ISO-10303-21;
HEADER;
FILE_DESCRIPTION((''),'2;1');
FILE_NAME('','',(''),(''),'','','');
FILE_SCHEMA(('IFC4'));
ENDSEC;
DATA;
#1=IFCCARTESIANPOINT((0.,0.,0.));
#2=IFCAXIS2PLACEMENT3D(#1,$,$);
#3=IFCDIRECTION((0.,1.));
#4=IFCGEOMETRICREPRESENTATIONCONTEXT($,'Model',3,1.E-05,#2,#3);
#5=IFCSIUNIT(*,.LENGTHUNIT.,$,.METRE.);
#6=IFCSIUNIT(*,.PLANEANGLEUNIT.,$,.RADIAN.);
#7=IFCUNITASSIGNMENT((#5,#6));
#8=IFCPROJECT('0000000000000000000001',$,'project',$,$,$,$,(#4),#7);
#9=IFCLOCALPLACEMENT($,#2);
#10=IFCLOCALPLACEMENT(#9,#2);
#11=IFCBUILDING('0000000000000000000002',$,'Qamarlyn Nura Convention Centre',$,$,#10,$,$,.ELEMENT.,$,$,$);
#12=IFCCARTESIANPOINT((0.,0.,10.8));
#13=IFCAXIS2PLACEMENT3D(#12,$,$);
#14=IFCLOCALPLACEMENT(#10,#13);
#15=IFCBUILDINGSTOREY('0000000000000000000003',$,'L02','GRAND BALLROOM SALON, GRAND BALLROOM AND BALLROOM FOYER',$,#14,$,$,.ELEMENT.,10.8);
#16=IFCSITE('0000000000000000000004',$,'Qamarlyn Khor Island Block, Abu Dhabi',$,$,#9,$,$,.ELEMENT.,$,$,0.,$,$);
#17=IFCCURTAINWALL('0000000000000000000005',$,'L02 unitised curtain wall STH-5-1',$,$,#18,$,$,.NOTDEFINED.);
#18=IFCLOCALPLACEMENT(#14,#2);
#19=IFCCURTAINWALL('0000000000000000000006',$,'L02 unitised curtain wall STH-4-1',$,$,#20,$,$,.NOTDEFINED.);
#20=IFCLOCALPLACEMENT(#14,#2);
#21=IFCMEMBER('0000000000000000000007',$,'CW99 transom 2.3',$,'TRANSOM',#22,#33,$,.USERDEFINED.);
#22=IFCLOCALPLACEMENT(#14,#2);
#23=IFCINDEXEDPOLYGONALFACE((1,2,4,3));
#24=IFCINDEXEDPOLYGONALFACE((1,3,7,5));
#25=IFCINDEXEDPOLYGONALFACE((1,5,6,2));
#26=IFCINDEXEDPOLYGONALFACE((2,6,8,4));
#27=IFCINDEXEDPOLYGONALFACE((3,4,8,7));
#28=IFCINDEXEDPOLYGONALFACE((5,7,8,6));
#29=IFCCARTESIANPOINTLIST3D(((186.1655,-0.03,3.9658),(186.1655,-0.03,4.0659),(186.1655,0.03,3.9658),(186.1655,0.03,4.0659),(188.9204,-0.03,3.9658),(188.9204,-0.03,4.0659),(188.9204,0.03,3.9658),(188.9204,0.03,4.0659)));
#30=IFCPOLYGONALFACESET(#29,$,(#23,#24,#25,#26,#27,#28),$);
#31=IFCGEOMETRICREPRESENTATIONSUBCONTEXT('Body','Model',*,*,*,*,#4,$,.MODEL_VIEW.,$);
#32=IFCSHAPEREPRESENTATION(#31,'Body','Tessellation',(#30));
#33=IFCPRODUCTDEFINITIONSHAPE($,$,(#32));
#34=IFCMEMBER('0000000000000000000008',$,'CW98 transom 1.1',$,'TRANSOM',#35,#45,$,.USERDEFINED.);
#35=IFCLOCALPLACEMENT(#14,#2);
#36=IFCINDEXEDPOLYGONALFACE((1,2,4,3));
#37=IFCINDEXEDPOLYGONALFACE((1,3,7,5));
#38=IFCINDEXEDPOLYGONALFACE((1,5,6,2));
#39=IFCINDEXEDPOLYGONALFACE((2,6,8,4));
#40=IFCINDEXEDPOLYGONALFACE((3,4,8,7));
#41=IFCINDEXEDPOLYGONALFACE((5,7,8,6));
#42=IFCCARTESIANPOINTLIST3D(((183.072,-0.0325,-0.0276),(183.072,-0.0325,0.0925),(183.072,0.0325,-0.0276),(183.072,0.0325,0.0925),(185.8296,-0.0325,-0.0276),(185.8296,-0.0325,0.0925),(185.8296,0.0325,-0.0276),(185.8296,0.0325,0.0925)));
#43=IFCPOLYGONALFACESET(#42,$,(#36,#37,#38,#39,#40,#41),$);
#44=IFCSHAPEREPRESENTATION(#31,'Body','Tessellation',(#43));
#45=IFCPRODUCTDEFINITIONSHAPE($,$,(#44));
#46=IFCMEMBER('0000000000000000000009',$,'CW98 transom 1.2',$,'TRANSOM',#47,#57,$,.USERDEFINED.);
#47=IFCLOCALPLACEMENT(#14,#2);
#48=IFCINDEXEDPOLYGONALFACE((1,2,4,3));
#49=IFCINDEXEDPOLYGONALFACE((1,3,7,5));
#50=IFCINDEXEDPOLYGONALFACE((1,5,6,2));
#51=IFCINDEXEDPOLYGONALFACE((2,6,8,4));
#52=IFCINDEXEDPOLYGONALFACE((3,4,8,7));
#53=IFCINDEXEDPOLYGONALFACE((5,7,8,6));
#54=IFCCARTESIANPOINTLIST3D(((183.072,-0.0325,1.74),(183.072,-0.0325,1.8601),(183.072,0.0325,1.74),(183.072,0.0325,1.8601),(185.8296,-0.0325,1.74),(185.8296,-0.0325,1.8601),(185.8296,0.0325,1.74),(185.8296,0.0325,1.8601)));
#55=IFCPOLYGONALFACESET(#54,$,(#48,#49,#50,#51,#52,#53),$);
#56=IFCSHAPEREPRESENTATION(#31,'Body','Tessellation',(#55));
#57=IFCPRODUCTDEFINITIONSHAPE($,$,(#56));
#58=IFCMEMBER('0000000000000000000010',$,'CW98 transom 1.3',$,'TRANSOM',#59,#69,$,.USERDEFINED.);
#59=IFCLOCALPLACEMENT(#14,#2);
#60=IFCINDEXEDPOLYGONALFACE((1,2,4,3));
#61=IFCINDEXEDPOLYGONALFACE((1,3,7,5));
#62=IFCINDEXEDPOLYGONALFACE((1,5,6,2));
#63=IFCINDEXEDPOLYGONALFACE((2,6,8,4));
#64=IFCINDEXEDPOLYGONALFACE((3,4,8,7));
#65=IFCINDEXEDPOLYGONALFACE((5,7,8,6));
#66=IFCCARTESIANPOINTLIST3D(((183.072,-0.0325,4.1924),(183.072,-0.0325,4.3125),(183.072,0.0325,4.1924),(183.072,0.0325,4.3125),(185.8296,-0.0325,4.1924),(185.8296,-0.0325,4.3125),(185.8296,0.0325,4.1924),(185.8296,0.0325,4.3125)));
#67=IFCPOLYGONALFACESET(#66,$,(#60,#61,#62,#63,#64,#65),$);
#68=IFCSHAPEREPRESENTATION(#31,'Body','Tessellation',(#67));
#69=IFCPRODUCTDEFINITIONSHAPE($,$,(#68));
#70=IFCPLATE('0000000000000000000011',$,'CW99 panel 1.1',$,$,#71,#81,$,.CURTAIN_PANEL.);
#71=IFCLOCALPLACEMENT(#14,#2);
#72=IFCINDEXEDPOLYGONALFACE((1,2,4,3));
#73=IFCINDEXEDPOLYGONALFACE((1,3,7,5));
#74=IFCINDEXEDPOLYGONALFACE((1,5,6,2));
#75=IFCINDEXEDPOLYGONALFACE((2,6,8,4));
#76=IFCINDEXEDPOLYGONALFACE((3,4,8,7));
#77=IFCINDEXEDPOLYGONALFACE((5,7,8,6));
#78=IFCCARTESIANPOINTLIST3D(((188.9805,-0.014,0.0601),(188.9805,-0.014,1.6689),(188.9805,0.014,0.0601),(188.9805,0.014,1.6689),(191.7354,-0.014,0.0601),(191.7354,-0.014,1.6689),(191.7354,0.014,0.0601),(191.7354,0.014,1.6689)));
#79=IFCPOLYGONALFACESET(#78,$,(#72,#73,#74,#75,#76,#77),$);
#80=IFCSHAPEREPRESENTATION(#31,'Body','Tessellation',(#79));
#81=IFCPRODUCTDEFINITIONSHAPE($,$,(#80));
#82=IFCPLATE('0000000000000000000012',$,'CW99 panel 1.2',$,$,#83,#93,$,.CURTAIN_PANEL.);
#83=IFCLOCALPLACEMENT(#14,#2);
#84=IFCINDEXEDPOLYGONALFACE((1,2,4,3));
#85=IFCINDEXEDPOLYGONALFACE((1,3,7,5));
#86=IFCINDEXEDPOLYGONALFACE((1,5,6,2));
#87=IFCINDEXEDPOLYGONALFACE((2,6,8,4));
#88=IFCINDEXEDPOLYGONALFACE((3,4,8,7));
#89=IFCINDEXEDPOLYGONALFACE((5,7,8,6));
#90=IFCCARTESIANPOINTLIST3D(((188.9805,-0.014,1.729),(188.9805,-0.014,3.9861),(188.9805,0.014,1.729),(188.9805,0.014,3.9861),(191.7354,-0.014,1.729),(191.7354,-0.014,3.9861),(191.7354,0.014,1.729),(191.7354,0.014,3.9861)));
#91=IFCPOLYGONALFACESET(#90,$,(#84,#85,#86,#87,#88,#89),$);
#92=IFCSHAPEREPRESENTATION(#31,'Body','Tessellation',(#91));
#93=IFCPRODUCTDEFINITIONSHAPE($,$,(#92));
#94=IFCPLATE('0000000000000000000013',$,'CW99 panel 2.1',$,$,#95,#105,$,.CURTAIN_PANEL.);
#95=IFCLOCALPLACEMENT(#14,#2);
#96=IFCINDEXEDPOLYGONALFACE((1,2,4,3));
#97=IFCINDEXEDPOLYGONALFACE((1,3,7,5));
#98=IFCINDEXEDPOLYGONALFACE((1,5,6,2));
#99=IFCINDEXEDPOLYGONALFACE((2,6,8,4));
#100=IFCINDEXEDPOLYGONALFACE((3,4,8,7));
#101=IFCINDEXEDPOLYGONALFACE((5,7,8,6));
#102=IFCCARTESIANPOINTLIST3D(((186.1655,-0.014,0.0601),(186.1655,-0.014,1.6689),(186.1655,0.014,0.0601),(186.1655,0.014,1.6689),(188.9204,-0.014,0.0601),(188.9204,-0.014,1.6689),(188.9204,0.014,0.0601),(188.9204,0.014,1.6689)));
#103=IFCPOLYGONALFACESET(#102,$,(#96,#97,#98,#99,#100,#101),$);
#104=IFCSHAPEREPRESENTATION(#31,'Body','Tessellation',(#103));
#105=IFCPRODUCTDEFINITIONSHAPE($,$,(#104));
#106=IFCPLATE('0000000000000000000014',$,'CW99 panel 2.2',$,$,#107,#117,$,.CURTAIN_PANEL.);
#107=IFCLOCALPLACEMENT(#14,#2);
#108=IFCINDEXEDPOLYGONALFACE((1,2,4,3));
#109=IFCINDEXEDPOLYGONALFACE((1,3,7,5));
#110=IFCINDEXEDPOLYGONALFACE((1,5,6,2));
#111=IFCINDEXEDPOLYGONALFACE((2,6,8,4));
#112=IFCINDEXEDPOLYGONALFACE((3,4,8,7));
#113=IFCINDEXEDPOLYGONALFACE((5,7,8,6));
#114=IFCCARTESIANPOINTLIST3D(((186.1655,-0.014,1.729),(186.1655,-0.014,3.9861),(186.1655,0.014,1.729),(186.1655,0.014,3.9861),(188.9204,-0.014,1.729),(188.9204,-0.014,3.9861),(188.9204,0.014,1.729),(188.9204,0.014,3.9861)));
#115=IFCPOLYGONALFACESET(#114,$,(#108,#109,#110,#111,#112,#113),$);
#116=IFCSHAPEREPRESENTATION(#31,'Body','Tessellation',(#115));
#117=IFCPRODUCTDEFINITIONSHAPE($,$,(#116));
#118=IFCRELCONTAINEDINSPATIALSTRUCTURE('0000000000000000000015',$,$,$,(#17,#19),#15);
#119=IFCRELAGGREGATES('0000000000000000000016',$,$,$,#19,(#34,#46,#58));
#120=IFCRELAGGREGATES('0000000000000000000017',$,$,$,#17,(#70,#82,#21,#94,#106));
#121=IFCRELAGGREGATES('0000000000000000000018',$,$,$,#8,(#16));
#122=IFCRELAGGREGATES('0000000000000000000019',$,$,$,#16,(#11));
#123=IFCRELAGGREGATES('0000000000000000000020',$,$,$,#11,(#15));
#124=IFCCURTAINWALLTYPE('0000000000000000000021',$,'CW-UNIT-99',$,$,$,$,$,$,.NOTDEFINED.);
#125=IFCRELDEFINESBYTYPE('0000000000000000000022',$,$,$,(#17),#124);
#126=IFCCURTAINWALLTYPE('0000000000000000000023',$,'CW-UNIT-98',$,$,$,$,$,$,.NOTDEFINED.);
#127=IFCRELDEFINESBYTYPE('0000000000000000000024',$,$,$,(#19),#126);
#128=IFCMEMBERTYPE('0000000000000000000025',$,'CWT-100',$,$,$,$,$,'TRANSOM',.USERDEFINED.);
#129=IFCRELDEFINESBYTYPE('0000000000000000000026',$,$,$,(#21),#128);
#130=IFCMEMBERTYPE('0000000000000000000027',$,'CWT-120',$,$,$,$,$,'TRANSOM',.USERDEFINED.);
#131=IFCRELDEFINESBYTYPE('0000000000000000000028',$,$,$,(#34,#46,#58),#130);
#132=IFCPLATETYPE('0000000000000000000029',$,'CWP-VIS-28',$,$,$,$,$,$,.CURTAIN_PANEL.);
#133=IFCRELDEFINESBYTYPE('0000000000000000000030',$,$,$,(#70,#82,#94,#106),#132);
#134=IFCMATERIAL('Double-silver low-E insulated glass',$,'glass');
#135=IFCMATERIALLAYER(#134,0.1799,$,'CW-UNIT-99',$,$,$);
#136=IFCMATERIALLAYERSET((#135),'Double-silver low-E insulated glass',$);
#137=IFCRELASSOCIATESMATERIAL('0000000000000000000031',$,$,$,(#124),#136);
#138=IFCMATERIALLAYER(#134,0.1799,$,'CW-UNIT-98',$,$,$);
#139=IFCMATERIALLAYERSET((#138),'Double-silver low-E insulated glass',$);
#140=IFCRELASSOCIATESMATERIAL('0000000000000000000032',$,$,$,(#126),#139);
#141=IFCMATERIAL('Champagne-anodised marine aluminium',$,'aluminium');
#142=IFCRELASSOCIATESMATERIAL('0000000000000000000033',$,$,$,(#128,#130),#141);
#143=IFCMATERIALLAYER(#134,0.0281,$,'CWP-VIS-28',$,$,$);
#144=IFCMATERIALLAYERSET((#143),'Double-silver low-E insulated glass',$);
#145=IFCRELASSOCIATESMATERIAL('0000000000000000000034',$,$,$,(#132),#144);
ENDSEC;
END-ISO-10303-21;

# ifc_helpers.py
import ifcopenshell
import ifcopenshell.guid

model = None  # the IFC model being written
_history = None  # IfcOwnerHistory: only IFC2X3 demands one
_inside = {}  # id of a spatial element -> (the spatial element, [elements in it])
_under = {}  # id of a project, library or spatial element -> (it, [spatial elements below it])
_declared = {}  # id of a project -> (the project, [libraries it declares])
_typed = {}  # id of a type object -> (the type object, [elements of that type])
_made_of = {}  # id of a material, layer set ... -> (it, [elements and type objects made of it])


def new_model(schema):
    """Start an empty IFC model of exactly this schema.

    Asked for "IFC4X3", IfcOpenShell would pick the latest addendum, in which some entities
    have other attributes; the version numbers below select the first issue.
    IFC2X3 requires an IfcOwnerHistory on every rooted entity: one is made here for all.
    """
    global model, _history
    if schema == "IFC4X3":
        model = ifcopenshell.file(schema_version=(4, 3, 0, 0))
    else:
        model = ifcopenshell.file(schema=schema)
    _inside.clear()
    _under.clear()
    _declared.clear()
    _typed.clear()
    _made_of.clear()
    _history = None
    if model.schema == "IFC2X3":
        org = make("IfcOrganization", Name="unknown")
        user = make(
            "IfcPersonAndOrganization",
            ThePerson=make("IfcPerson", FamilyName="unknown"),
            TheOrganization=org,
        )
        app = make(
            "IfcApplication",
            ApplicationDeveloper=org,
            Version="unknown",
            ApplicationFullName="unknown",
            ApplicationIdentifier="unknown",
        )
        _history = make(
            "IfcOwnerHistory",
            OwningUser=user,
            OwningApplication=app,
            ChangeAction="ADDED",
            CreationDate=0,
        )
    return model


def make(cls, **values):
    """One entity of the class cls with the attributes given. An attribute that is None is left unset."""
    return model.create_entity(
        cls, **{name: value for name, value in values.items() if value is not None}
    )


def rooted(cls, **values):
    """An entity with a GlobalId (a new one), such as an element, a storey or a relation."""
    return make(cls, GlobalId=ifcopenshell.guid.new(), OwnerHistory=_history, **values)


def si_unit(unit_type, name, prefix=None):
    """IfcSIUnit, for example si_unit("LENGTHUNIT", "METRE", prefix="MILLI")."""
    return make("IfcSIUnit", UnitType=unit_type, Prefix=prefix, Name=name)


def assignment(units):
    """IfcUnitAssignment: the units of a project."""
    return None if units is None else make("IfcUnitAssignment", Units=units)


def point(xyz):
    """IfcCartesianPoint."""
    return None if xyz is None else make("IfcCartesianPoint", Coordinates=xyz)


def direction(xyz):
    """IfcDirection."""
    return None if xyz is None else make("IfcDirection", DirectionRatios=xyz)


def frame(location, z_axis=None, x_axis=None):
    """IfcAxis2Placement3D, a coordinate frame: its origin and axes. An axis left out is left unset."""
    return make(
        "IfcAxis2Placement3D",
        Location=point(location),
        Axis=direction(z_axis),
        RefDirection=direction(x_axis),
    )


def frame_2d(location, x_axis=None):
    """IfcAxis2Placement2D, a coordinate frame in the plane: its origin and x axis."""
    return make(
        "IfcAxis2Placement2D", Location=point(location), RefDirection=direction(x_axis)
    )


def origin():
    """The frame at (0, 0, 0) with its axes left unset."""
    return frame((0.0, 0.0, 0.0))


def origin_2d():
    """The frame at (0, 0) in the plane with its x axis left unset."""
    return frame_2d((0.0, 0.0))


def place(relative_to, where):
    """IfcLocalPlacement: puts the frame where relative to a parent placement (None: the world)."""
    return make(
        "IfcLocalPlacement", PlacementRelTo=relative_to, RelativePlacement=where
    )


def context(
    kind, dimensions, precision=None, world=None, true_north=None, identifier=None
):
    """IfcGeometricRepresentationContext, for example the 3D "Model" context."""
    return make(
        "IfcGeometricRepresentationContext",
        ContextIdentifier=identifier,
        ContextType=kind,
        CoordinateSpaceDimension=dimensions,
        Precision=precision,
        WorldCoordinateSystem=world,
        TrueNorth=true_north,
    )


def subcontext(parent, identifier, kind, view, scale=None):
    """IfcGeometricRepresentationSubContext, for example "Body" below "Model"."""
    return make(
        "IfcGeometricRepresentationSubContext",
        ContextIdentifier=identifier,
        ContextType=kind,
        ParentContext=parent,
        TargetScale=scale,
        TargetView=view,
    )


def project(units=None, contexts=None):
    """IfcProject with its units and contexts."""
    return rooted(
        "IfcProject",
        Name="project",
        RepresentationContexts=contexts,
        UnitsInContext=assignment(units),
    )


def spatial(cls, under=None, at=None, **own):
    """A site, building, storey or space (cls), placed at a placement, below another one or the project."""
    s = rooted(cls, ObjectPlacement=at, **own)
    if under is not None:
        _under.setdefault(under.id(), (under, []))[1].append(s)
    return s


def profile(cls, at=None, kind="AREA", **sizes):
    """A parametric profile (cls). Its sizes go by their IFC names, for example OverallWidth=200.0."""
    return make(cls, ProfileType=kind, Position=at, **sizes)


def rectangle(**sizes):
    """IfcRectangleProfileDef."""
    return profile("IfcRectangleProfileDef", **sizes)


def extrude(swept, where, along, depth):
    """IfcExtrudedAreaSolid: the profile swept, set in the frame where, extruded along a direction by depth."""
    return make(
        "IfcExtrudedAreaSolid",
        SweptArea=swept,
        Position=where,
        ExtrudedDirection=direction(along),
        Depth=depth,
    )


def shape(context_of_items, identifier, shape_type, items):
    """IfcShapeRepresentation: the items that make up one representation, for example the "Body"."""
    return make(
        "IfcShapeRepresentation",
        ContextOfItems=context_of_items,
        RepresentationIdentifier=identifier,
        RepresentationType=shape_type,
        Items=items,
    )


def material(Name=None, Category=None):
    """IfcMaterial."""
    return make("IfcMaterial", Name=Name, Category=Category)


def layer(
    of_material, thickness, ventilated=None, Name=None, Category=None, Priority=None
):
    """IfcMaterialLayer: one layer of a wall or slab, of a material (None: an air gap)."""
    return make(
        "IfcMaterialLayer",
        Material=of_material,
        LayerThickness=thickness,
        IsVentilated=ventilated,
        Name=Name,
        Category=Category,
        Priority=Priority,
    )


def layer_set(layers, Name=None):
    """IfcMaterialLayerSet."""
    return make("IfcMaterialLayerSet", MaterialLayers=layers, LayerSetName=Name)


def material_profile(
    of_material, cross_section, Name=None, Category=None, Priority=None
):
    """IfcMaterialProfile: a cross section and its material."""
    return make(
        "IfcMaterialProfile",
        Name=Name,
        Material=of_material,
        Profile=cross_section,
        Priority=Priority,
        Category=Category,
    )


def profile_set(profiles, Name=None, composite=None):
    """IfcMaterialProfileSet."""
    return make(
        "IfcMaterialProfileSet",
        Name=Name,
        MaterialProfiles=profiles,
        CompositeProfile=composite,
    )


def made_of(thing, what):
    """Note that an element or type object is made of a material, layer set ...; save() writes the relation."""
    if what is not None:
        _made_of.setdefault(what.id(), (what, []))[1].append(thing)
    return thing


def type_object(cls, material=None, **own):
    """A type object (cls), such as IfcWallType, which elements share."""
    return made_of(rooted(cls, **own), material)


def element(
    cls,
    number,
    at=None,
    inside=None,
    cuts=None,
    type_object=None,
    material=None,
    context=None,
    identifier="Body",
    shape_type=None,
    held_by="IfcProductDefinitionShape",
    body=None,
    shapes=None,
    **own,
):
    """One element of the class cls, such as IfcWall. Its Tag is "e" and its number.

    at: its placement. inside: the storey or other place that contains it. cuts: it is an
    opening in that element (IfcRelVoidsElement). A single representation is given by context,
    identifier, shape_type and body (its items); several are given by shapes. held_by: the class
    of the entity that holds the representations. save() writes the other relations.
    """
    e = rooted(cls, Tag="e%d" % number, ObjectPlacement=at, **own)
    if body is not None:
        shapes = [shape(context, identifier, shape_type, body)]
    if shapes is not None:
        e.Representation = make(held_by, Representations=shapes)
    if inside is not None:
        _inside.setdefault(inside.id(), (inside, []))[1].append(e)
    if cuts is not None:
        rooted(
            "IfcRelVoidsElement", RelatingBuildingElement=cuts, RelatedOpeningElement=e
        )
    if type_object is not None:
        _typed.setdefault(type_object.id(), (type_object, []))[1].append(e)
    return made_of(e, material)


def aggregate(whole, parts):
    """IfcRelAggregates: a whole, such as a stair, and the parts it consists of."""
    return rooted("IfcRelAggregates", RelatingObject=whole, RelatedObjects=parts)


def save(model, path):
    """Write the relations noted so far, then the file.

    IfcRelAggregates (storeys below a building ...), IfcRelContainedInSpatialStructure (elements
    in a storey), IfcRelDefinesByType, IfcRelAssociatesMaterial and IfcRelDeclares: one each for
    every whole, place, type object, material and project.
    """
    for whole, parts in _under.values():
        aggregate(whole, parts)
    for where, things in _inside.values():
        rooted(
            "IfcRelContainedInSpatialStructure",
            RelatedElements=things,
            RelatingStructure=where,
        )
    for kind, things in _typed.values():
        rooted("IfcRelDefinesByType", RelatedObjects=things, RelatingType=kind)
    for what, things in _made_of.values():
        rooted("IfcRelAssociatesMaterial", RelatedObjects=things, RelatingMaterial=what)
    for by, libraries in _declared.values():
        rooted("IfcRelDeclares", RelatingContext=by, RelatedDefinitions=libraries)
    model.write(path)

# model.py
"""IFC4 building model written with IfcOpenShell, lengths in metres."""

from ifc_helpers import new_model, si_unit, direction, frame, origin, origin_2d, place, context, subcontext, project, spatial, rectangle, extrude, material, layer, layer_set, material_profile, profile_set, type_object, element, aggregate, save


model = new_model("IFC4")

# Units and contexts
model_context = context("Model", 3, precision=1e-05, world=origin(), true_north=direction((0.0, 1.0)))
body_context = subcontext(model_context, "Body", "Model", "MODEL_VIEW")
ifc_project = project(units=[si_unit("LENGTHUNIT", "METRE"), si_unit("PLANEANGLEUNIT", "RADIAN")], contexts=[model_context])

# Site, building, storey
site_placement = place(None, origin())
site = spatial("IfcSite", under=ifc_project, at=site_placement, Name="Qamarlyn Khor Island Block, Abu Dhabi", CompositionType="ELEMENT", RefElevation=0.0)
building_placement = place(site_placement, origin())
building = spatial("IfcBuilding", under=site, at=building_placement, Name="Qamarlyn Nura Convention Centre", CompositionType="ELEMENT")
storey_placement = place(building_placement, frame((0.0, 0.0, 10.8)))
storey = spatial("IfcBuildingStorey", under=building, at=storey_placement, Name="L02", Description="GRAND BALLROOM SALON, GRAND BALLROOM AND BALLROOM FOYER", CompositionType="ELEMENT", Elevation=10.8)

# Curtain wall
ifc_material_1 = material(Name="Double-silver low-E insulated glass", Category="glass")
ifc_layer_1 = layer(ifc_material_1, 0.1799, Name="CW-UNIT-99")
ifc_layer_set_1 = layer_set([ifc_layer_1], Name="Double-silver low-E insulated glass")
curtain_wall_type_1 = type_object("IfcCurtainWallType", Name="CW-UNIT-99", PredefinedType="NOTDEFINED", material=ifc_layer_set_1)
curtain_wall_1_placement = place(storey_placement, origin())
curtain_wall_1 = element("IfcCurtainWall", 1, at=curtain_wall_1_placement, inside=storey, type_object=curtain_wall_type_1, Name="L02 unitised curtain wall STH-5-1", PredefinedType="NOTDEFINED")
ifc_material_2 = material(Name="Champagne-anodised marine aluminium", Category="aluminium")

# Curtain wall
ifc_layer_2 = layer(ifc_material_1, 0.1799, Name="CW-UNIT-98")
ifc_layer_set_2 = layer_set([ifc_layer_2], Name="Double-silver low-E insulated glass")
curtain_wall_type_2 = type_object("IfcCurtainWallType", Name="CW-UNIT-98", PredefinedType="NOTDEFINED", material=ifc_layer_set_2)
curtain_wall_2_placement = place(storey_placement, origin())
curtain_wall_2 = element("IfcCurtainWall", 2, at=curtain_wall_2_placement, inside=storey, type_object=curtain_wall_type_2, Name="L02 unitised curtain wall STH-4-1", PredefinedType="NOTDEFINED")

# Members
ifc_material_profile_1 = material_profile(ifc_material_2, rectangle(XDim=0.0601, YDim=0.1001, at=origin_2d()), Name="ALU TRANSOM 60x100")
ifc_profile_set_1 = profile_set([ifc_material_profile_1], Name="Champagne-anodised marine aluminium")
member_type_1 = type_object("IfcMemberType", Name="CWT-100", ElementType="TRANSOM", PredefinedType="USERDEFINED", material=ifc_profile_set_1)
member_1_placement = place(storey_placement, frame((188.9204, 0.0, 4.0159), z_axis=(-1.0, 0.0, 0.0), x_axis=(0.0, -1.0, 0.0)))
member_1 = element("IfcMember", 3, at=member_1_placement, type_object=member_type_1, Name="CW99 transom 2.3", ObjectType="TRANSOM", PredefinedType="USERDEFINED", context=body_context, shape_type="SweptSolid", body=[
    extrude(rectangle(XDim=0.0601, YDim=0.1001, at=origin_2d()), origin(), (0.0, 0.0, 1.0), 2.7549),
])
ifc_material_profile_2 = material_profile(ifc_material_2, rectangle(XDim=0.0649, YDim=0.1201, at=origin_2d()), Name="ALU TRANSOM 65x120")
ifc_profile_set_2 = profile_set([ifc_material_profile_2], Name="Champagne-anodised marine aluminium")
member_type_2 = type_object("IfcMemberType", Name="CWT-120", ElementType="TRANSOM", PredefinedType="USERDEFINED", material=ifc_profile_set_2)
member_2_placement = place(storey_placement, frame((185.8296, 0.0, 0.0325), z_axis=(-1.0, 0.0, 0.0), x_axis=(0.0, -1.0, 0.0)))
member_2 = element("IfcMember", 4, at=member_2_placement, type_object=member_type_2, Name="CW98 transom 1.1", ObjectType="TRANSOM", PredefinedType="USERDEFINED", context=body_context, shape_type="SweptSolid", body=[
    extrude(rectangle(XDim=0.0649, YDim=0.1201, at=origin_2d()), origin(), (0.0, 0.0, 1.0), 2.7576),
])
member_3_placement = place(storey_placement, frame((185.8296, 0.0, 1.8), z_axis=(-1.0, 0.0, 0.0), x_axis=(0.0, -1.0, 0.0)))
member_3 = element("IfcMember", 5, at=member_3_placement, type_object=member_type_2, Name="CW98 transom 1.2", ObjectType="TRANSOM", PredefinedType="USERDEFINED", context=body_context, shape_type="SweptSolid", body=[
    extrude(rectangle(XDim=0.0649, YDim=0.1201, at=origin_2d()), origin(), (0.0, 0.0, 1.0), 2.7576),
])
member_4_placement = place(storey_placement, frame((185.8296, 0.0, 4.2524), z_axis=(-1.0, 0.0, 0.0), x_axis=(0.0, -1.0, 0.0)))
member_4 = element("IfcMember", 6, at=member_4_placement, type_object=member_type_2, Name="CW98 transom 1.3", ObjectType="TRANSOM", PredefinedType="USERDEFINED", context=body_context, shape_type="SweptSolid", body=[
    extrude(rectangle(XDim=0.0649, YDim=0.1201, at=origin_2d()), origin(), (0.0, 0.0, 1.0), 2.7576),
])
aggregate(curtain_wall_2, [member_2, member_3, member_4])

# Plates
ifc_layer_3 = layer(ifc_material_1, 0.0281, Name="CWP-VIS-28")
ifc_layer_set_3 = layer_set([ifc_layer_3], Name="Double-silver low-E insulated glass")
plate_type = type_object("IfcPlateType", Name="CWP-VIS-28", PredefinedType="CURTAIN_PANEL", material=ifc_layer_set_3)
plate_1_placement = place(storey_placement, frame((190.3579, 0.0, 0.0601), z_axis=(0.0, 0.0, 1.0), x_axis=(-1.0, 0.0, 0.0)))
plate_1 = element("IfcPlate", 7, at=plate_1_placement, type_object=plate_type, Name="CW99 panel 1.1", PredefinedType="CURTAIN_PANEL", context=body_context, shape_type="SweptSolid", body=[
    extrude(rectangle(XDim=2.7549, YDim=0.0281, at=origin_2d()), origin(), (0.0, 0.0, 1.0), 1.6089),
])
plate_2_placement = place(storey_placement, frame((190.3579, 0.0, 1.729), z_axis=(0.0, 0.0, 1.0), x_axis=(-1.0, 0.0, 0.0)))
plate_2 = element("IfcPlate", 8, at=plate_2_placement, type_object=plate_type, Name="CW99 panel 1.2", PredefinedType="CURTAIN_PANEL", context=body_context, shape_type="SweptSolid", body=[
    extrude(rectangle(XDim=2.7549, YDim=0.0281, at=origin_2d()), origin(), (0.0, 0.0, 1.0), 2.2571),
])
plate_3_placement = place(storey_placement, frame((187.543, 0.0, 0.0601), z_axis=(0.0, 0.0, 1.0), x_axis=(-1.0, 0.0, 0.0)))
plate_3 = element("IfcPlate", 9, at=plate_3_placement, type_object=plate_type, Name="CW99 panel 2.1", PredefinedType="CURTAIN_PANEL", context=body_context, shape_type="SweptSolid", body=[
    extrude(rectangle(XDim=2.7549, YDim=0.0281, at=origin_2d()), origin(), (0.0, 0.0, 1.0), 1.6089),
])
plate_4_placement = place(storey_placement, frame((187.543, 0.0, 1.729), z_axis=(0.0, 0.0, 1.0), x_axis=(-1.0, 0.0, 0.0)))
plate_4 = element("IfcPlate", 10, at=plate_4_placement, type_object=plate_type, Name="CW99 panel 2.2", PredefinedType="CURTAIN_PANEL", context=body_context, shape_type="SweptSolid", body=[
    extrude(rectangle(XDim=2.7549, YDim=0.0281, at=origin_2d()), origin(), (0.0, 0.0, 1.0), 2.2571),
])
aggregate(curtain_wall_1, [plate_1, plate_2, member_1, plate_3, plate_4])

save(model, "model.ifc")
